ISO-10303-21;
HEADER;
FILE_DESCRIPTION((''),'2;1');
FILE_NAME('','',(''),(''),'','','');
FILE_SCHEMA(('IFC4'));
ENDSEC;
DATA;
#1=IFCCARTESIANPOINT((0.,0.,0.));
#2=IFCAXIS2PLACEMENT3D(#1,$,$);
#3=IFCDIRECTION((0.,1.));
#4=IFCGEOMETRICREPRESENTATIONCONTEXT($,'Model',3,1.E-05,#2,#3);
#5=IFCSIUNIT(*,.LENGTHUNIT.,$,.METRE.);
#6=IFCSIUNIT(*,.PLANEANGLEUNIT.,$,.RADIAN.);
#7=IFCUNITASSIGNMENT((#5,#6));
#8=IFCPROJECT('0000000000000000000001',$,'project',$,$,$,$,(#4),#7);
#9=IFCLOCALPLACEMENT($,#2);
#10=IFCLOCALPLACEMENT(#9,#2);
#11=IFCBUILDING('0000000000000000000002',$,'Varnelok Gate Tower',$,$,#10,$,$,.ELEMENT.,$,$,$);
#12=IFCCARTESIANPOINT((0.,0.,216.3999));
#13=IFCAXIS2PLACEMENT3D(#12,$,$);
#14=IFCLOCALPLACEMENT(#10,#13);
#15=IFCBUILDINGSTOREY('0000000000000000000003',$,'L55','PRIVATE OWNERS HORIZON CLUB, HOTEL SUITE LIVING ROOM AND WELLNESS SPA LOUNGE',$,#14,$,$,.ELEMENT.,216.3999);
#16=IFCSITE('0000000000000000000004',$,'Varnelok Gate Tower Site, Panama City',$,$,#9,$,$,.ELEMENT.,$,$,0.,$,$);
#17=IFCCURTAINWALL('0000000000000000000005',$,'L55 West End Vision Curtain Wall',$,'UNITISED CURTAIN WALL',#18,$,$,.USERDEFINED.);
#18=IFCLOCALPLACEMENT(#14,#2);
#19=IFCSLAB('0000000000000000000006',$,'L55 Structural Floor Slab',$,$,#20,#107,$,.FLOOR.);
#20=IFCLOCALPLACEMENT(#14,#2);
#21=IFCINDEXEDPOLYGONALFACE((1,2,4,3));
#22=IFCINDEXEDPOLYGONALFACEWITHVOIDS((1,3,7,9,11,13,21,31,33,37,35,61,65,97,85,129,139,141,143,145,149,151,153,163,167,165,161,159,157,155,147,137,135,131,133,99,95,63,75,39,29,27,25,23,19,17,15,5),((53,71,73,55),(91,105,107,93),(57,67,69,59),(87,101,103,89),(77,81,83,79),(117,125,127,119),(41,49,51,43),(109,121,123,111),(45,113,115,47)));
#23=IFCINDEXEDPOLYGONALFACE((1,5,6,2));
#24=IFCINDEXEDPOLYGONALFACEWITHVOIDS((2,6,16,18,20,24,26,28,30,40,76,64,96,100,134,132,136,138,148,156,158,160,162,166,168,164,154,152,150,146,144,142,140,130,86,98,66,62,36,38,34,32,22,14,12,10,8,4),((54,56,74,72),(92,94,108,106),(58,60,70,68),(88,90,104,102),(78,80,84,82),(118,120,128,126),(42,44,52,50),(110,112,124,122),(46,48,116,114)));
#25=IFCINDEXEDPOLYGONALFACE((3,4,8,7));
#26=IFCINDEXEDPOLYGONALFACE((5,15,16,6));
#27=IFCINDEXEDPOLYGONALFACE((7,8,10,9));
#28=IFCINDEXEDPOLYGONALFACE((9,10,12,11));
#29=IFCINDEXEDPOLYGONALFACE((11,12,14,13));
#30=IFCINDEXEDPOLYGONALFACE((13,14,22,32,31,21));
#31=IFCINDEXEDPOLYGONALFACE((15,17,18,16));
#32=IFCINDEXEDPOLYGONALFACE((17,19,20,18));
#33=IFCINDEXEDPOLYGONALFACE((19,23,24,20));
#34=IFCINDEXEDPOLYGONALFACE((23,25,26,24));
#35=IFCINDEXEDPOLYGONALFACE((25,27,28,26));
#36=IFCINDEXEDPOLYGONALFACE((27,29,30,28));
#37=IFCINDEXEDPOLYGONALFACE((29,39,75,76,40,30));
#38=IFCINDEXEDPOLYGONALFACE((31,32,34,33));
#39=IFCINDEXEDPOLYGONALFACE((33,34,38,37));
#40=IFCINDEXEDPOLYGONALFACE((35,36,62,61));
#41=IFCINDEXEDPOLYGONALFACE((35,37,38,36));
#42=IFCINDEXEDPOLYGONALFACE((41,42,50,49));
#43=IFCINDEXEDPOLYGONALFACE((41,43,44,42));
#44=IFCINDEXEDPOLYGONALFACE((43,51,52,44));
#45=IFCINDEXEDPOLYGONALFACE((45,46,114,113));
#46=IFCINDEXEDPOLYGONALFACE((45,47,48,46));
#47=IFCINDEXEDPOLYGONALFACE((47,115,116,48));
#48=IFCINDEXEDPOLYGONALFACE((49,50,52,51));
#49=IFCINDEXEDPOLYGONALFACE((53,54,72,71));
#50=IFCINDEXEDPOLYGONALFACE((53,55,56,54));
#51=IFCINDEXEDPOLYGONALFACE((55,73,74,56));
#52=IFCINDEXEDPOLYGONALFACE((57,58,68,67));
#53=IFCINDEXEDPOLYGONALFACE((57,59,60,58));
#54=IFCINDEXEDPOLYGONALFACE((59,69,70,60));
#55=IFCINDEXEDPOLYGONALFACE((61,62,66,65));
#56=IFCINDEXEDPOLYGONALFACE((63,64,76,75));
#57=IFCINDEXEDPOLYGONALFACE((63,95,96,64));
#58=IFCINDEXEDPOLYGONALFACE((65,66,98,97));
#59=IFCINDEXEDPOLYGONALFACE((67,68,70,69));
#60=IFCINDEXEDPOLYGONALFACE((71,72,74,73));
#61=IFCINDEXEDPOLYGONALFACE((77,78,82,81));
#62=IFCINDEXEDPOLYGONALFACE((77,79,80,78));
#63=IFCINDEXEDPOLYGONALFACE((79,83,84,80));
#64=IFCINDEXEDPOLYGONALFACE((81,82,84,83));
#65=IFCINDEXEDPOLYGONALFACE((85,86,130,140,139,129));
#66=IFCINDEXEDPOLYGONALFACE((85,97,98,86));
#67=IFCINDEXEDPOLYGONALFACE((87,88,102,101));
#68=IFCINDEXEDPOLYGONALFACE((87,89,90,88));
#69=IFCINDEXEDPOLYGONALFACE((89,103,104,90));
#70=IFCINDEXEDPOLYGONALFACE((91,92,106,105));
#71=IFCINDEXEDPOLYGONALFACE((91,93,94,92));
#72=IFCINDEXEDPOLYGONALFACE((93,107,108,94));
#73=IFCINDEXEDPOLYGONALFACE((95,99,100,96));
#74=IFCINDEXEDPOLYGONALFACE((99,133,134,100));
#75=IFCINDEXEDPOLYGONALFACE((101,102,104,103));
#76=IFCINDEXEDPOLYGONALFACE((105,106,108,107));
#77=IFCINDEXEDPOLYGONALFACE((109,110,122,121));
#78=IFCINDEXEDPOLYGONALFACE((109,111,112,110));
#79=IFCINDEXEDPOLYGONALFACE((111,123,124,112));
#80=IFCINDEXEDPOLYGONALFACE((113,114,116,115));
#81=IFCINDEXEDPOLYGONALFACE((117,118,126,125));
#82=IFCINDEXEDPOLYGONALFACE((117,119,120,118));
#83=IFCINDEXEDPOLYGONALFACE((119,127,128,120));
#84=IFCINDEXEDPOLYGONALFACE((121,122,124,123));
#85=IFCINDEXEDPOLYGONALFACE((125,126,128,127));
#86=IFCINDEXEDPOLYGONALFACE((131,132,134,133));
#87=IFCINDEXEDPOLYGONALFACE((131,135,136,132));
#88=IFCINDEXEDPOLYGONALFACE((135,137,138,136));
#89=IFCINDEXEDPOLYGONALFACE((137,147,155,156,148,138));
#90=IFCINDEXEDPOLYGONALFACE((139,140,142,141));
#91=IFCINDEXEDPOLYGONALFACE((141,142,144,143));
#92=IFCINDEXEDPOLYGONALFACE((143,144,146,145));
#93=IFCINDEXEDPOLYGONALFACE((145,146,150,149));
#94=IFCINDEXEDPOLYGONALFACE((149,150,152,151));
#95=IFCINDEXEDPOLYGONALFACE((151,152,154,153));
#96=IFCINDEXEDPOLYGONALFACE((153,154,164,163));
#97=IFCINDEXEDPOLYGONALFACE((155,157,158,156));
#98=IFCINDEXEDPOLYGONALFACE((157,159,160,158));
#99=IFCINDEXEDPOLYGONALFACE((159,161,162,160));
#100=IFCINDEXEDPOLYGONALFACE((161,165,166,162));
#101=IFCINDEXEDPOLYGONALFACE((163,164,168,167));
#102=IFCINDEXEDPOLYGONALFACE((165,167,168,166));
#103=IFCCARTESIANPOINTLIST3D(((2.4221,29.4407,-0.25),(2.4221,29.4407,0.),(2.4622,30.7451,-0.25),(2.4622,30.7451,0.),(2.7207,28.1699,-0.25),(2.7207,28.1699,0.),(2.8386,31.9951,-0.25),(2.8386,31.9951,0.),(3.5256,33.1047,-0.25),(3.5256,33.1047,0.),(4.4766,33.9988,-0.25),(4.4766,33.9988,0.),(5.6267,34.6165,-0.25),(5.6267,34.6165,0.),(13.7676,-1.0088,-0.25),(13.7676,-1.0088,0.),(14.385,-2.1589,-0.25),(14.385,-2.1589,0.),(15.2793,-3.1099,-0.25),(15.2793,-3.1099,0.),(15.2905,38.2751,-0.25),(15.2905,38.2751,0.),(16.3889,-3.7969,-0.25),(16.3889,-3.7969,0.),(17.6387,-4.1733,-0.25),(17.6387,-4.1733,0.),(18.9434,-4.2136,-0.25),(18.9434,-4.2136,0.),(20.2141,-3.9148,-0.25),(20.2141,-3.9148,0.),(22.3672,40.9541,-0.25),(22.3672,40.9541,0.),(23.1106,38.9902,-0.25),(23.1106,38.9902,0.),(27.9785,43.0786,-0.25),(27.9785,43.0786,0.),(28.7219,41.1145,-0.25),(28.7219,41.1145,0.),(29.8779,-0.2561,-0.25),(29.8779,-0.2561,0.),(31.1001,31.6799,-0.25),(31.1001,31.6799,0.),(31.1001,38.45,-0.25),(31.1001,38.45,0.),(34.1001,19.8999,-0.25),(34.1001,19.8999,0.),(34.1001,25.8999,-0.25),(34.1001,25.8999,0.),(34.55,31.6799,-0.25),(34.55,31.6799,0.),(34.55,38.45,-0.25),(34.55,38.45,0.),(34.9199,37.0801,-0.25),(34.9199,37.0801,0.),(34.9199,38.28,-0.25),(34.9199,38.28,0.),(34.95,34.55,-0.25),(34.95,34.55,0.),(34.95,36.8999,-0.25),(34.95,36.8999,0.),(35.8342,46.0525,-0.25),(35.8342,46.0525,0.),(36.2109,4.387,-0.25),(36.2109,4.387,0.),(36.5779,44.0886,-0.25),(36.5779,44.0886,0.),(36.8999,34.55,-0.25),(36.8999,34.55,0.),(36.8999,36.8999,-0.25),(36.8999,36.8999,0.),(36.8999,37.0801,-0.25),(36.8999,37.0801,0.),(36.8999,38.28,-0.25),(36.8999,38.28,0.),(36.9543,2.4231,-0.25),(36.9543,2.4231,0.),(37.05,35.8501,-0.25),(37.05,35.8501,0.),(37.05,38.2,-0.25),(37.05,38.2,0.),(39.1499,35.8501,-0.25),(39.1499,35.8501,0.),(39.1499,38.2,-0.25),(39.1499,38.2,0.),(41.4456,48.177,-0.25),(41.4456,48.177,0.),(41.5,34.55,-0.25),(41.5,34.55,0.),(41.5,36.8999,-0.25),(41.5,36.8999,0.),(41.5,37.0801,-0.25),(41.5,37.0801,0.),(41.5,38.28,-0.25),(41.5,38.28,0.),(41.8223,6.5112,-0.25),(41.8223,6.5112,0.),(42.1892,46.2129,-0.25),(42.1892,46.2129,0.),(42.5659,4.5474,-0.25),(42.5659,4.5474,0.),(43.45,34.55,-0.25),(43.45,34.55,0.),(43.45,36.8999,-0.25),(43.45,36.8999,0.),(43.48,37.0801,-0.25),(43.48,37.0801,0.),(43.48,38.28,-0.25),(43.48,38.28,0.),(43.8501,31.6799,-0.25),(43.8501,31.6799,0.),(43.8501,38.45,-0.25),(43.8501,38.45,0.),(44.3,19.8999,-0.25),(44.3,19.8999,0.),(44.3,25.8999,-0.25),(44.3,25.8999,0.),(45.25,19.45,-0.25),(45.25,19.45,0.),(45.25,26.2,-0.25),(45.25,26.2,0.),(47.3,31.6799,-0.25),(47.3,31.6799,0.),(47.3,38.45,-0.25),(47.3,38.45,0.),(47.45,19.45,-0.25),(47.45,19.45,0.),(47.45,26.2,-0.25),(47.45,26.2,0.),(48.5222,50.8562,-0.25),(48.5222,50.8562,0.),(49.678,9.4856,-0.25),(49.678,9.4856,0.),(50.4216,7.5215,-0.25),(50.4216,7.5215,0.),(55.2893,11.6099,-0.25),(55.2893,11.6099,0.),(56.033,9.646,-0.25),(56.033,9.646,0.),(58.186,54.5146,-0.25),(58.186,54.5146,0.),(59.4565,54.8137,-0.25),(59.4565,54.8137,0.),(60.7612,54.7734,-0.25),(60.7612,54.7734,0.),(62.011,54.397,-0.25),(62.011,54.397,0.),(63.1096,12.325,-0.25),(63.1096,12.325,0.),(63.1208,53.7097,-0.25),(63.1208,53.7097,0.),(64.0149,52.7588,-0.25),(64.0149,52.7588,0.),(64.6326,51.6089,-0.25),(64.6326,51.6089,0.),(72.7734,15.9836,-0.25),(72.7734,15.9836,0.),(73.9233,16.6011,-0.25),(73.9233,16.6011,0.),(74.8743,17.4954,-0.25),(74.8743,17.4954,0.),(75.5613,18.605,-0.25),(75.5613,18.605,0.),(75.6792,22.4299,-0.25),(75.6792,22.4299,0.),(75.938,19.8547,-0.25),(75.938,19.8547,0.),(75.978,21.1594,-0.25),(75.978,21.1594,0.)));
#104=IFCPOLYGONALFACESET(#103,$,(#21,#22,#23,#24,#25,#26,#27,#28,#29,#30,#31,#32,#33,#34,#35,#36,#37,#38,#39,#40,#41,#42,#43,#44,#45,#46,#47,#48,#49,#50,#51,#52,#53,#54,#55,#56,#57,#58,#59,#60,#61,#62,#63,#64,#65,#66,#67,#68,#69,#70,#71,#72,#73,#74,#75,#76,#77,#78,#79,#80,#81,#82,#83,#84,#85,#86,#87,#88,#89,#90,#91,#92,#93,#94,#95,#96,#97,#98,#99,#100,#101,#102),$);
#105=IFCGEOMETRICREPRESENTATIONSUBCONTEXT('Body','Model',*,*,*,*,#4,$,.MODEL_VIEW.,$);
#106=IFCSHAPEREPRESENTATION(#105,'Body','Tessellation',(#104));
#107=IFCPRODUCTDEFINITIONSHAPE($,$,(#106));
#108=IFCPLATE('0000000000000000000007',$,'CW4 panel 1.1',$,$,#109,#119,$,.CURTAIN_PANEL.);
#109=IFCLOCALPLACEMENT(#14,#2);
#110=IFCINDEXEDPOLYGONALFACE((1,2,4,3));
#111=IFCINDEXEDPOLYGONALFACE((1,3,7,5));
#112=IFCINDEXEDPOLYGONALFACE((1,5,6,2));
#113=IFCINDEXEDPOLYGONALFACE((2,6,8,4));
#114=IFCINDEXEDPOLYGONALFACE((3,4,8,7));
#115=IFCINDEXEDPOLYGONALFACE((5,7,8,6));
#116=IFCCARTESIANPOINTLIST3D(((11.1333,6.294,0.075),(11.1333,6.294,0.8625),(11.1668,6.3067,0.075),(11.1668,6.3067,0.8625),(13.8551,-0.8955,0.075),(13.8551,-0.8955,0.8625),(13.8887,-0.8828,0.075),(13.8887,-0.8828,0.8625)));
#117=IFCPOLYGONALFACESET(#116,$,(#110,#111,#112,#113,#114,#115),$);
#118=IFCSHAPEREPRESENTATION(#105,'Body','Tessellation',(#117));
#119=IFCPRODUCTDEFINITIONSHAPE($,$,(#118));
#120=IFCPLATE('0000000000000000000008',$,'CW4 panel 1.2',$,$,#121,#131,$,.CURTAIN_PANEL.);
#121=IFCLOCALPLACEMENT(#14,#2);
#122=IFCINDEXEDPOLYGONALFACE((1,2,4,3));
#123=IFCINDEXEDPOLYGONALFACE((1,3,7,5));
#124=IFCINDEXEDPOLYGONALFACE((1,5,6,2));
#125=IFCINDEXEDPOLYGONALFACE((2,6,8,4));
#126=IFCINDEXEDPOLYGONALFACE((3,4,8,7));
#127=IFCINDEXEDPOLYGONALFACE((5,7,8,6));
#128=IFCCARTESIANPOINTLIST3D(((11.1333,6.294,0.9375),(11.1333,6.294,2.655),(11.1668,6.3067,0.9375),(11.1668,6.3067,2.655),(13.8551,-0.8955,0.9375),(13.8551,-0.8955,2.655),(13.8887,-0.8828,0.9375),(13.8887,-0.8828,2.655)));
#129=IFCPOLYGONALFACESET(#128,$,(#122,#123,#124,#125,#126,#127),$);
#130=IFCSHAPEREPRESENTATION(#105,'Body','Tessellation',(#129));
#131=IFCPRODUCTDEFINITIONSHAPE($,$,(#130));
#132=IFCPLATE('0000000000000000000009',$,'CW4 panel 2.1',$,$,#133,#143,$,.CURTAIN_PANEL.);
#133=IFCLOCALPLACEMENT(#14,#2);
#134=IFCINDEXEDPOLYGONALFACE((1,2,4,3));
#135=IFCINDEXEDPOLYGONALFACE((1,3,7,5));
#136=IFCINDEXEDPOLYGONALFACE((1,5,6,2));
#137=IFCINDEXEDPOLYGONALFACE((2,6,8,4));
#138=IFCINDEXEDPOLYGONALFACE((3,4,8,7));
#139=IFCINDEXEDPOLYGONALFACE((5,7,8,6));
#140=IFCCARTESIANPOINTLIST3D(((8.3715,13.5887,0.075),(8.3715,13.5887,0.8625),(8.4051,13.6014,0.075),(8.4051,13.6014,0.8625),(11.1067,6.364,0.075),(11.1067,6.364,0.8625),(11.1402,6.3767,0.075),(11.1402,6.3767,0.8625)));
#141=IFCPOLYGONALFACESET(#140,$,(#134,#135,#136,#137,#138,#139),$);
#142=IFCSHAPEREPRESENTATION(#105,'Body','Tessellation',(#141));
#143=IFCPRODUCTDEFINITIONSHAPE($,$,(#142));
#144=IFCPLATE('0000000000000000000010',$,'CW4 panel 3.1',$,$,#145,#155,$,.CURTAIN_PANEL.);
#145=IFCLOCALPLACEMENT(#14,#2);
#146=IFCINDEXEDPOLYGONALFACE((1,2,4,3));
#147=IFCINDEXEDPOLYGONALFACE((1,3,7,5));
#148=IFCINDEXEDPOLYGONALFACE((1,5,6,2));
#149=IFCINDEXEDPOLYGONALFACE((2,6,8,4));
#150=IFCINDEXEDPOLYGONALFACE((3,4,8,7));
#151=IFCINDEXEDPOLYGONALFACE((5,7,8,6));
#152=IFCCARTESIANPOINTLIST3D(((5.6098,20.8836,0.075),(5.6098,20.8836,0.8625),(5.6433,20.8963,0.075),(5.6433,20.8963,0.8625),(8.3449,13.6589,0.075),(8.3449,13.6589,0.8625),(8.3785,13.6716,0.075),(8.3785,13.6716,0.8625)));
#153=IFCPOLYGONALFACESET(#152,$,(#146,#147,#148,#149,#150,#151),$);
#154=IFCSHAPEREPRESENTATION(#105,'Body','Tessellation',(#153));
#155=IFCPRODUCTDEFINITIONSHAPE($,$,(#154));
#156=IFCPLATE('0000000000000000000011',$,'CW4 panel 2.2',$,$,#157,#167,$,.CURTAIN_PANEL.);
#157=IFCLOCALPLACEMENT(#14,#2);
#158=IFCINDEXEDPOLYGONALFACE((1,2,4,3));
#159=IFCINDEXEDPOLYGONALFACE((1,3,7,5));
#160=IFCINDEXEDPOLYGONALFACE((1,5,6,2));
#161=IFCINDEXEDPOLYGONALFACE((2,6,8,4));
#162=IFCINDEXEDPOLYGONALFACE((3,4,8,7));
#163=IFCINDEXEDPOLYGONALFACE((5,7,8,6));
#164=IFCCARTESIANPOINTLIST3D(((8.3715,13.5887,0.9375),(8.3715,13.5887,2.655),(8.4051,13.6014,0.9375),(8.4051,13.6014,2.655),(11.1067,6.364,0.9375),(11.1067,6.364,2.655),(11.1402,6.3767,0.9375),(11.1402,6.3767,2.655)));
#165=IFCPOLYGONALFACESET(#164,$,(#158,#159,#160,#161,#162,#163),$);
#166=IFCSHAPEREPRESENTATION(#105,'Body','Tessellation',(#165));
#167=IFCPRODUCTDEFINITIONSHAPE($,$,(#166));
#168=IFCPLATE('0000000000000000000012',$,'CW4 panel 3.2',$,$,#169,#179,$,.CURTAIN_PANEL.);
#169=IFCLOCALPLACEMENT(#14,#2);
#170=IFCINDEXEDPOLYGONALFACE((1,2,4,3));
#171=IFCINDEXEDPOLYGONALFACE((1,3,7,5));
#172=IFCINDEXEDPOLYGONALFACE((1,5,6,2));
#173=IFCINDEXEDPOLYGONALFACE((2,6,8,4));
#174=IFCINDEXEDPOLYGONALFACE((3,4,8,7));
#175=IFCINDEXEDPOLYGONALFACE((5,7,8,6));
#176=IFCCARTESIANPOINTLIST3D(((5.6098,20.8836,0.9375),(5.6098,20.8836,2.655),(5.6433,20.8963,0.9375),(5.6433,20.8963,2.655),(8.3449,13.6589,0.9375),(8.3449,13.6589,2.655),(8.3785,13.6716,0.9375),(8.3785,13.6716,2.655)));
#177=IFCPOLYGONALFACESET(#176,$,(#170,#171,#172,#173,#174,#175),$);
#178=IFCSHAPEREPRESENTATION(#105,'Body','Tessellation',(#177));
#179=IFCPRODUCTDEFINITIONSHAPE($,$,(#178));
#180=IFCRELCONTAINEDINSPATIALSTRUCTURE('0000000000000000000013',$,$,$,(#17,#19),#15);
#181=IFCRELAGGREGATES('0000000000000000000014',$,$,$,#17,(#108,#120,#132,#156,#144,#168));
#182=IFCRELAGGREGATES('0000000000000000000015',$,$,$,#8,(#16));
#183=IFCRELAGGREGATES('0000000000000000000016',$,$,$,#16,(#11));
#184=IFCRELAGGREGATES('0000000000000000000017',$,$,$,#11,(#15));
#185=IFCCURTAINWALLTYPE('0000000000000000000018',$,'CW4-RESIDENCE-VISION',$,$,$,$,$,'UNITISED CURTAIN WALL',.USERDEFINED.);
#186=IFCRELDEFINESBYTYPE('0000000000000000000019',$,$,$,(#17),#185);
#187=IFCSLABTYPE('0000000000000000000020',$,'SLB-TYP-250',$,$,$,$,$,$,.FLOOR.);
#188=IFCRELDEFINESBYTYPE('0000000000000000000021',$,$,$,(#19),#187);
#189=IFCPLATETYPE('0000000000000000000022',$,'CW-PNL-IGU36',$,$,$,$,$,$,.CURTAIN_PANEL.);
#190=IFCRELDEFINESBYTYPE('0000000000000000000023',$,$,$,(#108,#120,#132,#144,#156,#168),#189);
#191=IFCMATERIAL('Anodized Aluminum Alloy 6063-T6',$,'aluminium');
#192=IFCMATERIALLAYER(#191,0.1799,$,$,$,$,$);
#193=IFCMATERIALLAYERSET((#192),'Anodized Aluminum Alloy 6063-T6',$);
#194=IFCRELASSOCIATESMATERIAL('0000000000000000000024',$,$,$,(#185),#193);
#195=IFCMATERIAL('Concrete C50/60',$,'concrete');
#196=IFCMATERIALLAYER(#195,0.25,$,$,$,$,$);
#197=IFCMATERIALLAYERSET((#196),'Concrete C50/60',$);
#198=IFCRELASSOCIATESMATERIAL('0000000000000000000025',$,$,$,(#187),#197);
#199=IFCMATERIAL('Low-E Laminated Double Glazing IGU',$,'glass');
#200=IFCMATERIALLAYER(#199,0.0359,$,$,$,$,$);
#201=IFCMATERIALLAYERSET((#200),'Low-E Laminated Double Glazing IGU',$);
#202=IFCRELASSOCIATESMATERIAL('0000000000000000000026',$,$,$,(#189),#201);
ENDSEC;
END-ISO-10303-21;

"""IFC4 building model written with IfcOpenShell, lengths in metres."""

from ifc_helpers import new_model, si_unit, direction, frame, origin, origin_2d, place, context, subcontext, project, spatial, polyline, rectangle, outline, extrude, source, transform, mapped, material, layer, layer_set, type_object, element, aggregate, save


model = new_model("IFC4")

# Units and contexts
model_context = context("Model", 3, precision=1e-05, world=origin(), true_north=direction((0.0, 1.0)))
body_context = subcontext(model_context, "Body", "Model", "MODEL_VIEW")
ifc_project = project(units=[si_unit("LENGTHUNIT", "METRE"), si_unit("PLANEANGLEUNIT", "RADIAN")], contexts=[model_context])

# Site, building, storey
site_placement = place(None, origin())
site = spatial("IfcSite", under=ifc_project, at=site_placement, Name="Varnelok Gate Tower Site, Panama City", CompositionType="ELEMENT", RefElevation=0.0)
building_placement = place(site_placement, origin())
building = spatial("IfcBuilding", under=site, at=building_placement, Name="Varnelok Gate Tower", CompositionType="ELEMENT")
storey_placement = place(building_placement, frame((0.0, 0.0, 216.3999)))
storey = spatial("IfcBuildingStorey", under=building, at=storey_placement, Name="L55", Description="PRIVATE OWNERS HORIZON CLUB, HOTEL SUITE LIVING ROOM AND WELLNESS SPA LOUNGE", CompositionType="ELEMENT", Elevation=216.3999)

# Curtain wall
ifc_material_1 = material(Name="Anodized Aluminum Alloy 6063-T6", Category="aluminium")
ifc_layer_1 = layer(ifc_material_1, 0.1799)
ifc_layer_set_1 = layer_set([ifc_layer_1], Name="Anodized Aluminum Alloy 6063-T6")
curtain_wall_type = type_object("IfcCurtainWallType", Name="CW4-RESIDENCE-VISION", ElementType="UNITISED CURTAIN WALL", PredefinedType="USERDEFINED", material=ifc_layer_set_1)
curtain_wall_placement = place(storey_placement, origin())
curtain_wall = element("IfcCurtainWall", 1, at=curtain_wall_placement, inside=storey, type_object=curtain_wall_type, Name="L55 West End Vision Curtain Wall", ObjectType="UNITISED CURTAIN WALL", PredefinedType="USERDEFINED")

# Shared definitions
ifc_material_2 = material(Name="Concrete C50/60", Category="concrete")

# Slab
ifc_layer_2 = layer(ifc_material_2, 0.25)
ifc_layer_set_2 = layer_set([ifc_layer_2], Name="Concrete C50/60")
slab_type_1 = type_object("IfcSlabType", Name="SLB-TYP-250", PredefinedType="FLOOR", material=ifc_layer_set_2)
slab_1_placement = place(storey_placement, frame((0.0, 0.0, -0.25)))
element("IfcSlab", 2, at=slab_1_placement, inside=storey, type_object=slab_type_1, Name="L55 Structural Floor Slab", PredefinedType="FLOOR", context=body_context, shape_type="SweptSolid", body=[
    extrude(outline(polyline([(13.7676, -1.0088), (14.385, -2.1589), (15.2793, -3.1099), (16.3889, -3.7969), (17.6387, -4.1733), (18.9434, -4.2136), (20.2141, -3.9148), (29.8779, -0.2561), (36.9543, 2.4231), (36.2109, 4.387), (41.8223, 6.5112), (42.5659, 4.5474), (50.4216, 7.5215), (49.678, 9.4856), (55.2893, 11.6099), (56.033, 9.646), (63.1096, 12.325), (72.7734, 15.9836), (73.9233, 16.6011), (74.8743, 17.4954), (75.5613, 18.605), (75.938, 19.8547), (75.978, 21.1594), (75.6792, 22.4299), (64.6326, 51.6089), (64.0149, 52.7588), (63.1208, 53.7097), (62.011, 54.397), (60.7612, 54.7734), (59.4565, 54.8137), (58.186, 54.5146), (48.5222, 50.8562), (41.4456, 48.177), (42.1892, 46.2129), (36.5779, 44.0886), (35.8342, 46.0525), (27.9785, 43.0786), (28.7219, 41.1145), (23.1106, 38.9902), (22.3672, 40.9541), (15.2905, 38.2751), (5.6267, 34.6165), (4.4766, 33.9988), (3.5256, 33.1047), (2.8386, 31.9951), (2.4622, 30.7451), (2.4221, 29.4407), (2.7207, 28.1699), (13.7676, -1.0088)]), holes=[polyline([(34.55, 31.6799), (34.55, 38.45), (31.1001, 38.45), (31.1001, 31.6799), (34.55, 31.6799)]), polyline([(47.3, 31.6799), (47.3, 38.45), (43.8501, 38.45), (43.8501, 31.6799), (47.3, 31.6799)]), polyline([(34.95, 34.55), (36.8999, 34.55), (36.8999, 36.8999), (34.95, 36.8999), (34.95, 34.55)]), polyline([(41.5, 34.55), (43.45, 34.55), (43.45, 36.8999), (41.5, 36.8999), (41.5, 34.55)]), polyline([(37.05, 35.8501), (39.1499, 35.8501), (39.1499, 38.2), (37.05, 38.2), (37.05, 35.8501)]), polyline([(45.25, 19.45), (47.45, 19.45), (47.45, 26.2), (45.25, 26.2), (45.25, 19.45)]), polyline([(34.9199, 37.0801), (36.8999, 37.0801), (36.8999, 38.28), (34.9199, 38.28), (34.9199, 37.0801)]), polyline([(41.5, 37.0801), (43.48, 37.0801), (43.48, 38.28), (41.5, 38.28), (41.5, 37.0801)]), polyline([(34.1001, 19.8999), (44.3, 19.8999), (44.3, 25.8999), (34.1001, 25.8999), (34.1001, 19.8999)])]), origin(), (0.0, 0.0, 1.0), 0.25),
])

# Plates
ifc_material_3 = material(Name="Low-E Laminated Double Glazing IGU", Category="glass")
ifc_layer_3 = layer(ifc_material_3, 0.0359)
ifc_layer_set_3 = layer_set([ifc_layer_3], Name="Low-E Laminated Double Glazing IGU")
plate_type = type_object("IfcPlateType", Name="CW-PNL-IGU36", PredefinedType="CURTAIN_PANEL", material=ifc_layer_set_3)
shared_shape_1 = source(origin(), body_context, "Body", "SweptSolid", [
    extrude(rectangle(XDim=7.6875, YDim=0.0359, at=origin_2d()), origin(), (0.0, 0.0, 1.0), 0.7876),
])
plate_1_placement = place(storey_placement, frame((12.511, 2.7056, 0.075), z_axis=(0.0, 0.0, 1.0), x_axis=(-0.354063, 0.935222, 0.0)))
plate_1 = element("IfcPlate", 3, at=plate_1_placement, type_object=plate_type, Name="CW4 panel 1.1", PredefinedType="CURTAIN_PANEL", context=body_context, shape_type="MappedRepresentation", body=[
    mapped(shared_shape_1, transform((0.0, 0.0, 0.0), scale=1.0)),
])
shared_shape_2 = source(origin(), body_context, "Body", "SweptSolid", [
    extrude(rectangle(XDim=7.6875, YDim=0.0359, at=origin_2d()), origin(), (0.0, 0.0, 1.0), 1.7175),
])
plate_2_placement = place(storey_placement, frame((12.511, 2.7056, 0.9375), z_axis=(0.0, 0.0, 1.0), x_axis=(-0.354063, 0.935222, 0.0)))
plate_2 = element("IfcPlate", 4, at=plate_2_placement, type_object=plate_type, Name="CW4 panel 1.2", PredefinedType="CURTAIN_PANEL", context=body_context, shape_type="MappedRepresentation", body=[
    mapped(shared_shape_2, transform((0.0, 0.0, 0.0), scale=1.0)),
])
shared_shape_3 = source(origin(), body_context, "Body", "SweptSolid", [
    extrude(rectangle(XDim=7.7251, YDim=0.0359, at=origin_2d()), origin(), (0.0, 0.0, 1.0), 0.7876),
])
plate_3_placement = place(storey_placement, frame((9.7559, 9.9827, 0.075), z_axis=(0.0, 0.0, 1.0), x_axis=(-0.354063, 0.935222, 0.0)))
plate_3 = element("IfcPlate", 5, at=plate_3_placement, type_object=plate_type, Name="CW4 panel 2.1", PredefinedType="CURTAIN_PANEL", context=body_context, shape_type="MappedRepresentation", body=[
    mapped(shared_shape_3, transform((0.0, 0.0, 0.0), scale=1.0)),
])
plate_4_placement = place(storey_placement, frame((6.9941, 17.2776, 0.075), z_axis=(0.0, 0.0, 1.0), x_axis=(-0.354063, 0.935222, 0.0)))
plate_4 = element("IfcPlate", 6, at=plate_4_placement, type_object=plate_type, Name="CW4 panel 3.1", PredefinedType="CURTAIN_PANEL", context=body_context, shape_type="MappedRepresentation", body=[
    mapped(shared_shape_3, transform((0.0, 0.0, 0.0), scale=1.0)),
])
shared_shape_4 = source(origin(), body_context, "Body", "SweptSolid", [
    extrude(rectangle(XDim=7.7251, YDim=0.0359, at=origin_2d()), origin(), (0.0, 0.0, 1.0), 1.7175),
])
plate_5_placement = place(storey_placement, frame((9.7559, 9.9827, 0.9375), z_axis=(0.0, 0.0, 1.0), x_axis=(-0.354063, 0.935222, 0.0)))
plate_5 = element("IfcPlate", 7, at=plate_5_placement, type_object=plate_type, Name="CW4 panel 2.2", PredefinedType="CURTAIN_PANEL", context=body_context, shape_type="MappedRepresentation", body=[
    mapped(shared_shape_4, transform((0.0, 0.0, 0.0), scale=1.0)),
])
plate_6_placement = place(storey_placement, frame((6.9941, 17.2776, 0.9375), z_axis=(0.0, 0.0, 1.0), x_axis=(-0.354063, 0.935222, 0.0)))
plate_6 = element("IfcPlate", 8, at=plate_6_placement, type_object=plate_type, Name="CW4 panel 3.2", PredefinedType="CURTAIN_PANEL", context=body_context, shape_type="MappedRepresentation", body=[
    mapped(shared_shape_4, transform((0.0, 0.0, 0.0), scale=1.0)),
])
aggregate(curtain_wall, [plate_1, plate_2, plate_3, plate_5, plate_4, plate_6])

save(model, "model.ifc")
